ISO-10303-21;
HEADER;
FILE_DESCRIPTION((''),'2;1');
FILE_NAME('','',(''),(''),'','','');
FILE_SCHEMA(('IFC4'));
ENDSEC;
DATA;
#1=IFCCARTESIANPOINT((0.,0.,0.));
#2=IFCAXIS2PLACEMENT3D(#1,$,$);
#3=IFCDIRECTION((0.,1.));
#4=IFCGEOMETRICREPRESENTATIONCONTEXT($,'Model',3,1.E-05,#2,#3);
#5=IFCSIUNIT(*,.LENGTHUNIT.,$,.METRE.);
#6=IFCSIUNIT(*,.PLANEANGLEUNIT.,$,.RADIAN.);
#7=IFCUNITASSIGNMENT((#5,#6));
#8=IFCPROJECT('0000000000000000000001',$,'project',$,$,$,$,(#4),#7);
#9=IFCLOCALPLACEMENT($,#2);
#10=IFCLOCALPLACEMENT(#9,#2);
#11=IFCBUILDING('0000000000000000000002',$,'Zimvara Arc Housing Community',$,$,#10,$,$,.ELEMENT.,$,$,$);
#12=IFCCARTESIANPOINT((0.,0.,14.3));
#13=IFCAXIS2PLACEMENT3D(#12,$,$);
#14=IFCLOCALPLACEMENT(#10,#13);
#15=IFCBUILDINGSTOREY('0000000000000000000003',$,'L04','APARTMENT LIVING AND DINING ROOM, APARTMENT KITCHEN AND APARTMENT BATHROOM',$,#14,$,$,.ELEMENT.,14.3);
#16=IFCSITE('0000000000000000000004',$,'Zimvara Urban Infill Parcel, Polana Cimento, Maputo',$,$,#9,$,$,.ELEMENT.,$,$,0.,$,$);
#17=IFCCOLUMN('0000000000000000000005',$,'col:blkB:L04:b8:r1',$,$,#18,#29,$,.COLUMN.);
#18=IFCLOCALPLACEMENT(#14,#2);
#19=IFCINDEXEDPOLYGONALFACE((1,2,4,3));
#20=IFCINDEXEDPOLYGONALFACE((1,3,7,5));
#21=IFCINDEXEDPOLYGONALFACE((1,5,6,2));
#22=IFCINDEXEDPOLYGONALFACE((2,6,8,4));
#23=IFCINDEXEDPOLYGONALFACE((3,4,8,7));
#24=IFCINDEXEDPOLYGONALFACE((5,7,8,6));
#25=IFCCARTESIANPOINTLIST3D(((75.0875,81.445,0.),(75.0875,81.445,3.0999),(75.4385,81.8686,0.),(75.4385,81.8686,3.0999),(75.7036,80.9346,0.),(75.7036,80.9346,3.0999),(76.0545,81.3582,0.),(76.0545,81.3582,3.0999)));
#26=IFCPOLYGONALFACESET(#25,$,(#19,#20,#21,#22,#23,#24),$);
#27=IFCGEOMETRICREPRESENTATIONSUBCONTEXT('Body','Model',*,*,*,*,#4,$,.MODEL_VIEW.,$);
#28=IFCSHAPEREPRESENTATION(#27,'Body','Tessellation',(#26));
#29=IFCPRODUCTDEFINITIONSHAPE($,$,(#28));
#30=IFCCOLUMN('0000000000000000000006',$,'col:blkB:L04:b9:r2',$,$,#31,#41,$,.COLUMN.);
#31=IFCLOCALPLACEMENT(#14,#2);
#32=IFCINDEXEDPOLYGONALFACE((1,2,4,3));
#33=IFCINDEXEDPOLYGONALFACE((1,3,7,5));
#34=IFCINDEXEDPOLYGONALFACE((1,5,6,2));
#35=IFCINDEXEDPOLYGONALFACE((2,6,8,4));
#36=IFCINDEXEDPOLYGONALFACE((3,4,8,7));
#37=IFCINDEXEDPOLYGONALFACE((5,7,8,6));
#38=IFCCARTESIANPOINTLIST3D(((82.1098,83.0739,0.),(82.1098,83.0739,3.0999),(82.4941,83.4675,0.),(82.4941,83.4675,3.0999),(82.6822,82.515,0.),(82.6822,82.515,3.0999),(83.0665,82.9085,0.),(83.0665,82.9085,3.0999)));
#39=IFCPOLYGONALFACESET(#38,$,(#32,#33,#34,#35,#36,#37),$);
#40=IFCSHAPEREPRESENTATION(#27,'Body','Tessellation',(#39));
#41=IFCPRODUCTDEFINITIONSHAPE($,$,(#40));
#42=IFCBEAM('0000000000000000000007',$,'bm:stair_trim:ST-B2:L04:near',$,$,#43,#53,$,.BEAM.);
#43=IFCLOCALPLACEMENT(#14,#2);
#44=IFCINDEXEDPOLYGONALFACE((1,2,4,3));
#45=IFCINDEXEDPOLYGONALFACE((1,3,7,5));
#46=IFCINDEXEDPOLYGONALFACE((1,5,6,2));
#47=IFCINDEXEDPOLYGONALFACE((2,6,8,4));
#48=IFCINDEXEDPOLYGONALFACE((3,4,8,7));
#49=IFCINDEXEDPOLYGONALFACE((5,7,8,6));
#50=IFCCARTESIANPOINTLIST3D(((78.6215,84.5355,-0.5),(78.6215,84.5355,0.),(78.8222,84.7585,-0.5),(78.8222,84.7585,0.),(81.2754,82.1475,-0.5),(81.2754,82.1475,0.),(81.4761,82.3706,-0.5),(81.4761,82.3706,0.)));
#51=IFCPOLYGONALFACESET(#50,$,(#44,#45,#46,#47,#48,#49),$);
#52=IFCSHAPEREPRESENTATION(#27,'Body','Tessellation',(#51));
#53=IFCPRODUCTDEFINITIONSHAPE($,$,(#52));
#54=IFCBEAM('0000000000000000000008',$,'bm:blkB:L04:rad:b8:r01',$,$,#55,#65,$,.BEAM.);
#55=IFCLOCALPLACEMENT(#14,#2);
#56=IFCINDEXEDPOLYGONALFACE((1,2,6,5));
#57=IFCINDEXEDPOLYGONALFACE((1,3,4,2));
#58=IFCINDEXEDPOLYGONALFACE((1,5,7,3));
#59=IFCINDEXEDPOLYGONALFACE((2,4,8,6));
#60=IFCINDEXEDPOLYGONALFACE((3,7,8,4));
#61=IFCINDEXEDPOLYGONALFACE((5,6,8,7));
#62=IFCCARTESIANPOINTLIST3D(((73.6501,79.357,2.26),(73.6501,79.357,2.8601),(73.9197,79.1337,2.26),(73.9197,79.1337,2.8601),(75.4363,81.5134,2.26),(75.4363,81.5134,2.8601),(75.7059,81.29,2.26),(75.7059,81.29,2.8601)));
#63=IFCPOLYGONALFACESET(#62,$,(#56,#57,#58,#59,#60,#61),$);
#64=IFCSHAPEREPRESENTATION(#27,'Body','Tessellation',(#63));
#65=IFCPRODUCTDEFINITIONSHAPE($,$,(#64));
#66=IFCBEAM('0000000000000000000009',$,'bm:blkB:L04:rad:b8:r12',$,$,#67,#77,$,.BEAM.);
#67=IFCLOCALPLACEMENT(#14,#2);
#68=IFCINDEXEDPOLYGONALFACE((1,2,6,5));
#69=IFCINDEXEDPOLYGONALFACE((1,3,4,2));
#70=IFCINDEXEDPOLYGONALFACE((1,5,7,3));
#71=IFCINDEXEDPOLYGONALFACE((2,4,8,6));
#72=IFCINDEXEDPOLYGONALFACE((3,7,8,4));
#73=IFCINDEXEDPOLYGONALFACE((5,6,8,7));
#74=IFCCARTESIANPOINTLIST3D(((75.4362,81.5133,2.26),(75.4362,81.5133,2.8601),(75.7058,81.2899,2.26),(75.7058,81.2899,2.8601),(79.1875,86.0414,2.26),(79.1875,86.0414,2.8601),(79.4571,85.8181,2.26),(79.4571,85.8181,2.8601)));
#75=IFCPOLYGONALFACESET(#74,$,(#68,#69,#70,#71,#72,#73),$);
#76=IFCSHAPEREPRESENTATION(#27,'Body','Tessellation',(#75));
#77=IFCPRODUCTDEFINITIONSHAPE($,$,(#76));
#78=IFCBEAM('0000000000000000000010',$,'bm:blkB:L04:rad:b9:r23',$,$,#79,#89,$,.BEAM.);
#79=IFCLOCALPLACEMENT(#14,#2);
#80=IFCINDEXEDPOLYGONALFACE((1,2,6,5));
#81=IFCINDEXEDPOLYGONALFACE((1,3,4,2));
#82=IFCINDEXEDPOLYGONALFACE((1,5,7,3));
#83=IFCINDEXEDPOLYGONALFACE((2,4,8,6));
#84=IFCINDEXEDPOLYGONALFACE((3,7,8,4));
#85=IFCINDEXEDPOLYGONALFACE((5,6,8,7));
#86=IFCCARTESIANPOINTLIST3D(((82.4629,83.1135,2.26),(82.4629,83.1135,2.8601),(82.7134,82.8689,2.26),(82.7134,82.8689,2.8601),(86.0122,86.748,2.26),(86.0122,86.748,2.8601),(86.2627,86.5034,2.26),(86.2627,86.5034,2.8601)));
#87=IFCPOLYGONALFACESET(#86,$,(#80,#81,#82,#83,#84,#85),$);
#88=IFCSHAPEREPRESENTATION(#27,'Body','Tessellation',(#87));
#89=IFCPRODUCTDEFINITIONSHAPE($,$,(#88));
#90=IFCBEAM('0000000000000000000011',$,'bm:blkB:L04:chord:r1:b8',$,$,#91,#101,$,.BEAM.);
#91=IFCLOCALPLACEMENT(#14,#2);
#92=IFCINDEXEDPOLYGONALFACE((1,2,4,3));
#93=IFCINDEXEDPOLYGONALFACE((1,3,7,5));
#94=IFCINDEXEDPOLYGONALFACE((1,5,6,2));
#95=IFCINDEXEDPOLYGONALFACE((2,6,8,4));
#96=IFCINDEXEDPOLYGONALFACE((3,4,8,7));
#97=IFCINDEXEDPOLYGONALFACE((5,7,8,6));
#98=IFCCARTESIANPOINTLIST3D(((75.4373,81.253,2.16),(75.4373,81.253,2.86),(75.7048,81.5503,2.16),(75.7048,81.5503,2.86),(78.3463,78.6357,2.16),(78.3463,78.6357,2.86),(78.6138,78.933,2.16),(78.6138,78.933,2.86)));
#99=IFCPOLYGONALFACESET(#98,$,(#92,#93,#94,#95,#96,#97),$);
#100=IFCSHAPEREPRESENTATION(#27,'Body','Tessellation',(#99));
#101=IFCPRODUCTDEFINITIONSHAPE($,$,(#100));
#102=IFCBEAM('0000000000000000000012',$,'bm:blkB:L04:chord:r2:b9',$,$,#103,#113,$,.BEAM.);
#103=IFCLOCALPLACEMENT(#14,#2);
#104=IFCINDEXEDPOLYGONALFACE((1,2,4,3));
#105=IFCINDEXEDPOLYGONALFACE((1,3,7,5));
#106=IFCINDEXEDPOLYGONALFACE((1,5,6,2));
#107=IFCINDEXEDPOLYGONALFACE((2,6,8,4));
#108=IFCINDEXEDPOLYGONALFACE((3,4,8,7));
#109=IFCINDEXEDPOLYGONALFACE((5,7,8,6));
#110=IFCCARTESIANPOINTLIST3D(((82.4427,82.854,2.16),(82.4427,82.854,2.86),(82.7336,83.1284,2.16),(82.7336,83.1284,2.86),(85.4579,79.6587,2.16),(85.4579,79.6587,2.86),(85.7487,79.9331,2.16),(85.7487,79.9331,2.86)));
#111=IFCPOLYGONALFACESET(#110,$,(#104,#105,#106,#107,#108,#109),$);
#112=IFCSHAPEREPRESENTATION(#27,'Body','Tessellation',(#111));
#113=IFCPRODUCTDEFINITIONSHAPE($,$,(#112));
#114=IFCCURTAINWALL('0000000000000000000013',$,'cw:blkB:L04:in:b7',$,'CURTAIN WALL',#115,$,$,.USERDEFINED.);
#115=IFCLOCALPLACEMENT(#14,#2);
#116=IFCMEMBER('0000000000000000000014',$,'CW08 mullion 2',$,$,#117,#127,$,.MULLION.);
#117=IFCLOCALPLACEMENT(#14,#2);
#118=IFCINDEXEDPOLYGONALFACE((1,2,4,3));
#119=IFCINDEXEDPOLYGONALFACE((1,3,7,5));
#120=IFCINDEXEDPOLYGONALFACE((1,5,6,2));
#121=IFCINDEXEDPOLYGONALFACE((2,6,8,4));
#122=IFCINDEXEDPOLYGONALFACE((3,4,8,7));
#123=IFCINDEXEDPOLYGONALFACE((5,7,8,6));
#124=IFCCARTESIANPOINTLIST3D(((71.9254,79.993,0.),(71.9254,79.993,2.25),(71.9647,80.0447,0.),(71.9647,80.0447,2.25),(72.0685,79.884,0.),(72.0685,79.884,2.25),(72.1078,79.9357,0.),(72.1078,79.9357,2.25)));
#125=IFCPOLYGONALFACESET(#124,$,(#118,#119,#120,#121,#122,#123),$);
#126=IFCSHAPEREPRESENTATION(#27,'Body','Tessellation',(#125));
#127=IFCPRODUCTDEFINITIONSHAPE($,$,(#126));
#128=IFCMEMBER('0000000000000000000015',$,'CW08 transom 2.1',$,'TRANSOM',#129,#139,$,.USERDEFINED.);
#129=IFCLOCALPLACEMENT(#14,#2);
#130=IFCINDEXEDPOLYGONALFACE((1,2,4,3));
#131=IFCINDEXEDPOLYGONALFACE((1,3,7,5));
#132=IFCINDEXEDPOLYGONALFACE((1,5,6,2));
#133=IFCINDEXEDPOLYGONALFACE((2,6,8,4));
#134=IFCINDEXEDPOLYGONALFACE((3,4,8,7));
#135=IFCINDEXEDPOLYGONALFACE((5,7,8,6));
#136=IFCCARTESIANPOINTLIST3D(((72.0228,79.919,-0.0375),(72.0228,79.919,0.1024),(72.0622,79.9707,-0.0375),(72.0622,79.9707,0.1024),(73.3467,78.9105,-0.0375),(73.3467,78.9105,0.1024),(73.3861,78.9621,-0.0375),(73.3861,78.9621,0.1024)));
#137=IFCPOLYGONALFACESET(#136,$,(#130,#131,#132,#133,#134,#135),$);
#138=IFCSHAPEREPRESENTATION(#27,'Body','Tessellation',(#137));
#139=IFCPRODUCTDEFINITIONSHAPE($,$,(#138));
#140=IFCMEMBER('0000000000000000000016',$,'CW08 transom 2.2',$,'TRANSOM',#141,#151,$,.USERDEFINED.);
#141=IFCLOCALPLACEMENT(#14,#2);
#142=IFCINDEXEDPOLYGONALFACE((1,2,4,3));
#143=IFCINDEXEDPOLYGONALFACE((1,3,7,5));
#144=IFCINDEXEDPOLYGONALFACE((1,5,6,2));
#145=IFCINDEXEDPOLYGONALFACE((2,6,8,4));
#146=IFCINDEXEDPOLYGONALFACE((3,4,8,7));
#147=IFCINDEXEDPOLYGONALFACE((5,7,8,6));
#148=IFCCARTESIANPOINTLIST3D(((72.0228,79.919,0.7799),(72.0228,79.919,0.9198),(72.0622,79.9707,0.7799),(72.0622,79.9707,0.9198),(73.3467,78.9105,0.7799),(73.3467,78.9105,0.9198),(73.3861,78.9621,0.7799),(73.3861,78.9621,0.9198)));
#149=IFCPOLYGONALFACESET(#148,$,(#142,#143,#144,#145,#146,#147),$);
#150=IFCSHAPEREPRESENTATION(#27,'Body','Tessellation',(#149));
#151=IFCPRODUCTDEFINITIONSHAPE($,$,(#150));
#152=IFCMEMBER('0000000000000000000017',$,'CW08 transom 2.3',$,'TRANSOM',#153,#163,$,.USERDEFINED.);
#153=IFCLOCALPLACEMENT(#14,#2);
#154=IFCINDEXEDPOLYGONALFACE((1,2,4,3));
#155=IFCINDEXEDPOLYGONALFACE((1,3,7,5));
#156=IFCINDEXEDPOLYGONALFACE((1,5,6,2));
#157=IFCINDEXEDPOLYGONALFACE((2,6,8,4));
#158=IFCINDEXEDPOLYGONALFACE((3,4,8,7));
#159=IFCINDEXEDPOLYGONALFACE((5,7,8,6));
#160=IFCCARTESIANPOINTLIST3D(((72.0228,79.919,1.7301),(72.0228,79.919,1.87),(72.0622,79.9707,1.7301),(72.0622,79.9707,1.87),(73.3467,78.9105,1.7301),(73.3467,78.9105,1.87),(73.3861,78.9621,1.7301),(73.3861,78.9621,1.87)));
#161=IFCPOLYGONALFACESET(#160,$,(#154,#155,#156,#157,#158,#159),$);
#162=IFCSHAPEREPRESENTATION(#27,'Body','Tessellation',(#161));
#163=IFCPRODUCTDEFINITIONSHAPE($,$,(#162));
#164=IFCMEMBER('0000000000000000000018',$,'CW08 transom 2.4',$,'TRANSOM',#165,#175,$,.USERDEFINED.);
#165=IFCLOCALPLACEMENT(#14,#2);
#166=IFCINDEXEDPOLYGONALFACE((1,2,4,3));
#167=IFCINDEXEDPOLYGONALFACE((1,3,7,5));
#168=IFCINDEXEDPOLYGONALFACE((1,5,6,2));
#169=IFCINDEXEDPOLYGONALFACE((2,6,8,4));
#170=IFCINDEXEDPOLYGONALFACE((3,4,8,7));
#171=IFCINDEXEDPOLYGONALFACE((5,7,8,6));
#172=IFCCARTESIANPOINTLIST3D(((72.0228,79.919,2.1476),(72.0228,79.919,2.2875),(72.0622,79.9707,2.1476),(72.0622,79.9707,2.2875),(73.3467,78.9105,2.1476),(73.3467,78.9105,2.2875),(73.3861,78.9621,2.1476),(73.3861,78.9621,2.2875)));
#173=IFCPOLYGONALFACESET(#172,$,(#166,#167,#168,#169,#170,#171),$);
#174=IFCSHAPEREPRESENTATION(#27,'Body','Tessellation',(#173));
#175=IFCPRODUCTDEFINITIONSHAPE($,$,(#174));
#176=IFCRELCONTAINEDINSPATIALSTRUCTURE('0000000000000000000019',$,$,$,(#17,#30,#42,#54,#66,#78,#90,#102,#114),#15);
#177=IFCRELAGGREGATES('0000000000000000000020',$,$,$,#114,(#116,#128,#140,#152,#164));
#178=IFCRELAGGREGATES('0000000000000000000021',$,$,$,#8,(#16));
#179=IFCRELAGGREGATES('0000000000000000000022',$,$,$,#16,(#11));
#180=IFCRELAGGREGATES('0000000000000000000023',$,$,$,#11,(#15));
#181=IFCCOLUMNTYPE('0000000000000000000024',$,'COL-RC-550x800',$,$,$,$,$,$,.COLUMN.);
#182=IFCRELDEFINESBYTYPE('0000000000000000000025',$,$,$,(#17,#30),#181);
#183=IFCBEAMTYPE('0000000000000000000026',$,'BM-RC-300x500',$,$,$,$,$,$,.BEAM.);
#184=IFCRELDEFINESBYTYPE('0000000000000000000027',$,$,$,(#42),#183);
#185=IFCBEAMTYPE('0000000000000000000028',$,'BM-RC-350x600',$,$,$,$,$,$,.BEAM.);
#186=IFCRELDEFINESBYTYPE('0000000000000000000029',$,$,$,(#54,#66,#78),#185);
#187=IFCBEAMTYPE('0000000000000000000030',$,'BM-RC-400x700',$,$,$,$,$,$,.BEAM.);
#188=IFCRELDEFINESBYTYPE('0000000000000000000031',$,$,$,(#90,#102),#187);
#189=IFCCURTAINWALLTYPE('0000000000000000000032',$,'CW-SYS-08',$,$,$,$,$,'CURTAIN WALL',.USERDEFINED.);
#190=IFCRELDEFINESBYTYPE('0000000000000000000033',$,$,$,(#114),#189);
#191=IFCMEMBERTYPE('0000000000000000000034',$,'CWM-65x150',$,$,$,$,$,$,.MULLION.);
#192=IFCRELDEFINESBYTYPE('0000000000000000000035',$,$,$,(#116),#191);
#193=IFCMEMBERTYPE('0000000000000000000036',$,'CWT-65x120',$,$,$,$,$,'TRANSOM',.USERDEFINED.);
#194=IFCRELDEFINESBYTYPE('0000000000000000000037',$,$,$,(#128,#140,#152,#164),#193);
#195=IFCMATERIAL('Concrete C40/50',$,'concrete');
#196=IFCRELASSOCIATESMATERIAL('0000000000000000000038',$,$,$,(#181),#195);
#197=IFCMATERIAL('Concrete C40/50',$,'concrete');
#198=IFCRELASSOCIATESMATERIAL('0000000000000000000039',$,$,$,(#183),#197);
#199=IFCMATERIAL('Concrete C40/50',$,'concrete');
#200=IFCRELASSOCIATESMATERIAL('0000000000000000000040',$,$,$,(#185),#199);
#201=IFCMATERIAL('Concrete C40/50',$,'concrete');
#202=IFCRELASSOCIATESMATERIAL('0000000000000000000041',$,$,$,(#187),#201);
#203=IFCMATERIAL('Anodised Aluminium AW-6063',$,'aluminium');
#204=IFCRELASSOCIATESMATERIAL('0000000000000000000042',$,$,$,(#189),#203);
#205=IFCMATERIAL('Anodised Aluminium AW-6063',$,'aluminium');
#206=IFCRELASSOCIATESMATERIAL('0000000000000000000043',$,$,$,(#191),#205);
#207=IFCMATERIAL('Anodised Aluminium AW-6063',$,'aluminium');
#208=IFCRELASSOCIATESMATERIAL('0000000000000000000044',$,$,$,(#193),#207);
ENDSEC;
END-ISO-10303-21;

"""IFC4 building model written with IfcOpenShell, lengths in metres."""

from ifc_helpers import new_model, si_unit, direction, frame, origin, origin_2d, place, context, subcontext, project, spatial, rectangle, extrude, material, material_profile, profile_set, type_object, element, aggregate, save


model = new_model("IFC4")

# Units and contexts
model_context = context("Model", 3, precision=1e-05, world=origin(), true_north=direction((0.0, 1.0)))
body_context = subcontext(model_context, "Body", "Model", "MODEL_VIEW")
ifc_project = project(units=[si_unit("LENGTHUNIT", "METRE"), si_unit("PLANEANGLEUNIT", "RADIAN")], contexts=[model_context])

# Site, building, storey
site_placement = place(None, origin())
site = spatial("IfcSite", under=ifc_project, at=site_placement, Name="Zimvara Urban Infill Parcel, Polana Cimento, Maputo", CompositionType="ELEMENT", RefElevation=0.0)
building_placement = place(site_placement, origin())
building = spatial("IfcBuilding", under=site, at=building_placement, Name="Zimvara Arc Housing Community", CompositionType="ELEMENT")
storey_placement = place(building_placement, frame((0.0, 0.0, 14.3)))
storey = spatial("IfcBuildingStorey", under=building, at=storey_placement, Name="L04", Description="APARTMENT LIVING AND DINING ROOM, APARTMENT KITCHEN AND APARTMENT BATHROOM", CompositionType="ELEMENT", Elevation=14.3)

# Columns
ifc_material_1 = material(Name="Concrete C40/50", Category="concrete")
ifc_material_profile_1 = material_profile(ifc_material_1, rectangle(XDim=0.55, YDim=0.8, at=origin_2d()), Name="RC 550x800")
ifc_profile_set_1 = profile_set([ifc_material_profile_1], Name="Concrete C40/50")
column_type = type_object("IfcColumnType", Name="COL-RC-550x800", PredefinedType="COLUMN", material=ifc_profile_set_1)
for number, where, z_axis, x_axis, name in (
    (1, (75.571, 81.4016, 0.0), (0.0, 0.0, 1.0), (0.637962, 0.770068, 0.0), "col:blkB:L04:b8:r1"),
    (2, (82.5881, 82.9912, 0.0), (0.0, 0.0, 1.0), (0.698665, 0.715449, 0.0), "col:blkB:L04:b9:r2"),
):
    element("IfcColumn", number, at=place(storey_placement, frame(where, z_axis=z_axis, x_axis=x_axis)), inside=storey, type_object=column_type, Name=name, PredefinedType="COLUMN", context=body_context, shape_type="SweptSolid", body=[
        extrude(rectangle(XDim=0.55, YDim=0.8, at=origin_2d()), origin(), (0.0, 0.0, 1.0), 3.0999),
    ])

# Beams
ifc_material_2 = material(Name="Concrete C40/50", Category="concrete")
ifc_material_profile_2 = material_profile(ifc_material_2, rectangle(XDim=0.3, YDim=0.5, at=origin_2d()), Name="RC 300x500")
ifc_profile_set_2 = profile_set([ifc_material_profile_2], Name="Concrete C40/50")
beam_type_1 = type_object("IfcBeamType", Name="BM-RC-300x500", PredefinedType="BEAM", material=ifc_profile_set_2)
beam_1_placement = place(storey_placement, frame((81.3757, 82.259, -0.25), z_axis=(-0.743362, 0.668889, 0.0), x_axis=(-0.668889, -0.743362, 0.0)))
element("IfcBeam", 3, at=beam_1_placement, inside=storey, type_object=beam_type_1, Name="bm:stair_trim:ST-B2:L04:near", PredefinedType="BEAM", context=body_context, shape_type="SweptSolid", body=[
    extrude(rectangle(XDim=0.3, YDim=0.5, at=origin_2d()), origin(), (0.0, 0.0, 1.0), 3.5701),
])
ifc_material_3 = material(Name="Concrete C40/50", Category="concrete")
ifc_material_profile_3 = material_profile(ifc_material_3, rectangle(XDim=0.3501, YDim=0.6001, at=origin_2d()), Name="RC 350x600")
ifc_profile_set_3 = profile_set([ifc_material_profile_3], Name="Concrete C40/50")
beam_type_2 = type_object("IfcBeamType", Name="BM-RC-350x600", PredefinedType="BEAM", material=ifc_profile_set_3)
beam_2_placement = place(storey_placement, frame((73.7849, 79.2454, 2.5601), z_axis=(0.637917, 0.770105, 0.0), x_axis=(-0.770105, 0.637917, 0.0)))
element("IfcBeam", 4, at=beam_2_placement, inside=storey, type_object=beam_type_2, Name="bm:blkB:L04:rad:b8:r01", PredefinedType="BEAM", context=body_context, shape_type="SweptSolid", body=[
    extrude(rectangle(XDim=0.3501, YDim=0.6001, at=origin_2d()), origin(), (0.0, 0.0, 1.0), 2.8),
])
beam_3_placement = place(storey_placement, frame((75.571, 81.4016, 2.5601), z_axis=(0.637956, 0.770073, 0.0), x_axis=(-0.770073, 0.637956, 0.0)))
element("IfcBeam", 5, at=beam_3_placement, inside=storey, type_object=beam_type_2, Name="bm:blkB:L04:rad:b8:r12", PredefinedType="BEAM", context=body_context, shape_type="SweptSolid", body=[
    extrude(rectangle(XDim=0.3501, YDim=0.6001, at=origin_2d()), origin(), (0.0, 0.0, 1.0), 5.8801),
])
beam_4_placement = place(storey_placement, frame((82.5881, 82.9912, 2.5601), z_axis=(0.698671, 0.715443, 0.0), x_axis=(-0.715443, 0.698671, 0.0)))
element("IfcBeam", 6, at=beam_4_placement, inside=storey, type_object=beam_type_2, Name="bm:blkB:L04:rad:b9:r23", PredefinedType="BEAM", context=body_context, shape_type="SweptSolid", body=[
    extrude(rectangle(XDim=0.3501, YDim=0.6001, at=origin_2d()), origin(), (0.0, 0.0, 1.0), 5.0801),
])
ifc_material_4 = material(Name="Concrete C40/50", Category="concrete")
ifc_material_profile_4 = material_profile(ifc_material_4, rectangle(XDim=0.3999, YDim=0.7, at=origin_2d()), Name="RC 400x700")
ifc_profile_set_4 = profile_set([ifc_material_profile_4], Name="Concrete C40/50")
beam_type_3 = type_object("IfcBeamType", Name="BM-RC-400x700", PredefinedType="BEAM", material=ifc_profile_set_4)
beam_5_placement = place(storey_placement, frame((75.571, 81.4016, 2.51), z_axis=(0.743403, -0.668844, 0.0), x_axis=(0.668844, 0.743403, 0.0)))
element("IfcBeam", 7, at=beam_5_placement, inside=storey, type_object=beam_type_3, Name="bm:blkB:L04:chord:r1:b8", PredefinedType="BEAM", context=body_context, shape_type="SweptSolid", body=[
    extrude(rectangle(XDim=0.3999, YDim=0.7, at=origin_2d()), origin(), (0.0, 0.0, 1.0), 3.9131),
])
beam_6_placement = place(storey_placement, frame((82.5881, 82.9912, 2.51), z_axis=(0.686304, -0.727315, 0.0), x_axis=(0.727315, 0.686304, 0.0)))
element("IfcBeam", 8, at=beam_6_placement, inside=storey, type_object=beam_type_3, Name="bm:blkB:L04:chord:r2:b9", PredefinedType="BEAM", context=body_context, shape_type="SweptSolid", body=[
    extrude(rectangle(XDim=0.3999, YDim=0.7, at=origin_2d()), origin(), (0.0, 0.0, 1.0), 4.3933),
])

# Curtain wall, members
ifc_material_5 = material(Name="Anodised Aluminium AW-6063", Category="aluminium")
curtain_wall_type = type_object("IfcCurtainWallType", Name="CW-SYS-08", ElementType="CURTAIN WALL", PredefinedType="USERDEFINED", material=ifc_material_5)
curtain_wall_placement = place(storey_placement, origin())
curtain_wall = element("IfcCurtainWall", 9, at=curtain_wall_placement, inside=storey, type_object=curtain_wall_type, Name="cw:blkB:L04:in:b7", ObjectType="CURTAIN WALL", PredefinedType="USERDEFINED")
ifc_material_6 = material(Name="Anodised Aluminium AW-6063", Category="aluminium")
ifc_material_profile_5 = material_profile(ifc_material_6, rectangle(XDim=0.0649, YDim=0.1799, at=origin_2d()), Name="ALU 65x180")
ifc_profile_set_5 = profile_set([ifc_material_profile_5], Name="Anodised Aluminium AW-6063")
member_type_1 = type_object("IfcMemberType", Name="CWM-65x150", PredefinedType="MULLION", material=ifc_profile_set_5)
member_1_placement = place(storey_placement, frame((72.0166, 79.9644, 0.0), z_axis=(0.0, 0.0, 1.0), x_axis=(0.605988, 0.795474, 0.0)))
member_1 = element("IfcMember", 10, at=member_1_placement, type_object=member_type_1, Name="CW08 mullion 2", PredefinedType="MULLION", context=body_context, shape_type="SweptSolid", body=[
    extrude(rectangle(XDim=0.0649, YDim=0.1799, at=origin_2d()), origin(), (0.0, 0.0, 1.0), 2.25),
])
ifc_material_7 = material(Name="Anodised Aluminium AW-6063", Category="aluminium")
ifc_material_profile_6 = material_profile(ifc_material_7, rectangle(XDim=0.0649, YDim=0.1399, at=origin_2d()), Name="ALU 65x140")
ifc_profile_set_6 = profile_set([ifc_material_profile_6], Name="Anodised Aluminium AW-6063")
member_type_2 = type_object("IfcMemberType", Name="CWT-65x120", ElementType="TRANSOM", PredefinedType="USERDEFINED", material=ifc_profile_set_6)
member_2_placement = place(storey_placement, frame((72.0425, 79.9448, 0.0325), z_axis=(0.795489, -0.605968, 0.0), x_axis=(0.605968, 0.795489, 0.0)))
member_2 = element("IfcMember", 11, at=member_2_placement, type_object=member_type_2, Name="CW08 transom 2.1", ObjectType="TRANSOM", PredefinedType="USERDEFINED", context=body_context, shape_type="SweptSolid", body=[
    extrude(rectangle(XDim=0.0649, YDim=0.1399, at=origin_2d()), origin(), (0.0, 0.0, 1.0), 1.6643),
])
member_3_placement = place(storey_placement, frame((72.0425, 79.9448, 0.8499), z_axis=(0.795489, -0.605968, 0.0), x_axis=(0.605968, 0.795489, 0.0)))
member_3 = element("IfcMember", 12, at=member_3_placement, type_object=member_type_2, Name="CW08 transom 2.2", ObjectType="TRANSOM", PredefinedType="USERDEFINED", context=body_context, shape_type="SweptSolid", body=[
    extrude(rectangle(XDim=0.0649, YDim=0.1399, at=origin_2d()), origin(), (0.0, 0.0, 1.0), 1.6643),
])
member_4_placement = place(storey_placement, frame((72.0425, 79.9448, 1.8), z_axis=(0.795489, -0.605968, 0.0), x_axis=(0.605968, 0.795489, 0.0)))
member_4 = element("IfcMember", 13, at=member_4_placement, type_object=member_type_2, Name="CW08 transom 2.3", ObjectType="TRANSOM", PredefinedType="USERDEFINED", context=body_context, shape_type="SweptSolid", body=[
    extrude(rectangle(XDim=0.0649, YDim=0.1399, at=origin_2d()), origin(), (0.0, 0.0, 1.0), 1.6643),
])
member_5_placement = place(storey_placement, frame((72.0425, 79.9448, 2.2175), z_axis=(0.795489, -0.605968, 0.0), x_axis=(0.605968, 0.795489, 0.0)))
member_5 = element("IfcMember", 14, at=member_5_placement, type_object=member_type_2, Name="CW08 transom 2.4", ObjectType="TRANSOM", PredefinedType="USERDEFINED", context=body_context, shape_type="SweptSolid", body=[
    extrude(rectangle(XDim=0.0649, YDim=0.1399, at=origin_2d()), origin(), (0.0, 0.0, 1.0), 1.6643),
])
aggregate(curtain_wall, [member_1, member_2, member_3, member_4, member_5])

save(model, "model.ifc")
